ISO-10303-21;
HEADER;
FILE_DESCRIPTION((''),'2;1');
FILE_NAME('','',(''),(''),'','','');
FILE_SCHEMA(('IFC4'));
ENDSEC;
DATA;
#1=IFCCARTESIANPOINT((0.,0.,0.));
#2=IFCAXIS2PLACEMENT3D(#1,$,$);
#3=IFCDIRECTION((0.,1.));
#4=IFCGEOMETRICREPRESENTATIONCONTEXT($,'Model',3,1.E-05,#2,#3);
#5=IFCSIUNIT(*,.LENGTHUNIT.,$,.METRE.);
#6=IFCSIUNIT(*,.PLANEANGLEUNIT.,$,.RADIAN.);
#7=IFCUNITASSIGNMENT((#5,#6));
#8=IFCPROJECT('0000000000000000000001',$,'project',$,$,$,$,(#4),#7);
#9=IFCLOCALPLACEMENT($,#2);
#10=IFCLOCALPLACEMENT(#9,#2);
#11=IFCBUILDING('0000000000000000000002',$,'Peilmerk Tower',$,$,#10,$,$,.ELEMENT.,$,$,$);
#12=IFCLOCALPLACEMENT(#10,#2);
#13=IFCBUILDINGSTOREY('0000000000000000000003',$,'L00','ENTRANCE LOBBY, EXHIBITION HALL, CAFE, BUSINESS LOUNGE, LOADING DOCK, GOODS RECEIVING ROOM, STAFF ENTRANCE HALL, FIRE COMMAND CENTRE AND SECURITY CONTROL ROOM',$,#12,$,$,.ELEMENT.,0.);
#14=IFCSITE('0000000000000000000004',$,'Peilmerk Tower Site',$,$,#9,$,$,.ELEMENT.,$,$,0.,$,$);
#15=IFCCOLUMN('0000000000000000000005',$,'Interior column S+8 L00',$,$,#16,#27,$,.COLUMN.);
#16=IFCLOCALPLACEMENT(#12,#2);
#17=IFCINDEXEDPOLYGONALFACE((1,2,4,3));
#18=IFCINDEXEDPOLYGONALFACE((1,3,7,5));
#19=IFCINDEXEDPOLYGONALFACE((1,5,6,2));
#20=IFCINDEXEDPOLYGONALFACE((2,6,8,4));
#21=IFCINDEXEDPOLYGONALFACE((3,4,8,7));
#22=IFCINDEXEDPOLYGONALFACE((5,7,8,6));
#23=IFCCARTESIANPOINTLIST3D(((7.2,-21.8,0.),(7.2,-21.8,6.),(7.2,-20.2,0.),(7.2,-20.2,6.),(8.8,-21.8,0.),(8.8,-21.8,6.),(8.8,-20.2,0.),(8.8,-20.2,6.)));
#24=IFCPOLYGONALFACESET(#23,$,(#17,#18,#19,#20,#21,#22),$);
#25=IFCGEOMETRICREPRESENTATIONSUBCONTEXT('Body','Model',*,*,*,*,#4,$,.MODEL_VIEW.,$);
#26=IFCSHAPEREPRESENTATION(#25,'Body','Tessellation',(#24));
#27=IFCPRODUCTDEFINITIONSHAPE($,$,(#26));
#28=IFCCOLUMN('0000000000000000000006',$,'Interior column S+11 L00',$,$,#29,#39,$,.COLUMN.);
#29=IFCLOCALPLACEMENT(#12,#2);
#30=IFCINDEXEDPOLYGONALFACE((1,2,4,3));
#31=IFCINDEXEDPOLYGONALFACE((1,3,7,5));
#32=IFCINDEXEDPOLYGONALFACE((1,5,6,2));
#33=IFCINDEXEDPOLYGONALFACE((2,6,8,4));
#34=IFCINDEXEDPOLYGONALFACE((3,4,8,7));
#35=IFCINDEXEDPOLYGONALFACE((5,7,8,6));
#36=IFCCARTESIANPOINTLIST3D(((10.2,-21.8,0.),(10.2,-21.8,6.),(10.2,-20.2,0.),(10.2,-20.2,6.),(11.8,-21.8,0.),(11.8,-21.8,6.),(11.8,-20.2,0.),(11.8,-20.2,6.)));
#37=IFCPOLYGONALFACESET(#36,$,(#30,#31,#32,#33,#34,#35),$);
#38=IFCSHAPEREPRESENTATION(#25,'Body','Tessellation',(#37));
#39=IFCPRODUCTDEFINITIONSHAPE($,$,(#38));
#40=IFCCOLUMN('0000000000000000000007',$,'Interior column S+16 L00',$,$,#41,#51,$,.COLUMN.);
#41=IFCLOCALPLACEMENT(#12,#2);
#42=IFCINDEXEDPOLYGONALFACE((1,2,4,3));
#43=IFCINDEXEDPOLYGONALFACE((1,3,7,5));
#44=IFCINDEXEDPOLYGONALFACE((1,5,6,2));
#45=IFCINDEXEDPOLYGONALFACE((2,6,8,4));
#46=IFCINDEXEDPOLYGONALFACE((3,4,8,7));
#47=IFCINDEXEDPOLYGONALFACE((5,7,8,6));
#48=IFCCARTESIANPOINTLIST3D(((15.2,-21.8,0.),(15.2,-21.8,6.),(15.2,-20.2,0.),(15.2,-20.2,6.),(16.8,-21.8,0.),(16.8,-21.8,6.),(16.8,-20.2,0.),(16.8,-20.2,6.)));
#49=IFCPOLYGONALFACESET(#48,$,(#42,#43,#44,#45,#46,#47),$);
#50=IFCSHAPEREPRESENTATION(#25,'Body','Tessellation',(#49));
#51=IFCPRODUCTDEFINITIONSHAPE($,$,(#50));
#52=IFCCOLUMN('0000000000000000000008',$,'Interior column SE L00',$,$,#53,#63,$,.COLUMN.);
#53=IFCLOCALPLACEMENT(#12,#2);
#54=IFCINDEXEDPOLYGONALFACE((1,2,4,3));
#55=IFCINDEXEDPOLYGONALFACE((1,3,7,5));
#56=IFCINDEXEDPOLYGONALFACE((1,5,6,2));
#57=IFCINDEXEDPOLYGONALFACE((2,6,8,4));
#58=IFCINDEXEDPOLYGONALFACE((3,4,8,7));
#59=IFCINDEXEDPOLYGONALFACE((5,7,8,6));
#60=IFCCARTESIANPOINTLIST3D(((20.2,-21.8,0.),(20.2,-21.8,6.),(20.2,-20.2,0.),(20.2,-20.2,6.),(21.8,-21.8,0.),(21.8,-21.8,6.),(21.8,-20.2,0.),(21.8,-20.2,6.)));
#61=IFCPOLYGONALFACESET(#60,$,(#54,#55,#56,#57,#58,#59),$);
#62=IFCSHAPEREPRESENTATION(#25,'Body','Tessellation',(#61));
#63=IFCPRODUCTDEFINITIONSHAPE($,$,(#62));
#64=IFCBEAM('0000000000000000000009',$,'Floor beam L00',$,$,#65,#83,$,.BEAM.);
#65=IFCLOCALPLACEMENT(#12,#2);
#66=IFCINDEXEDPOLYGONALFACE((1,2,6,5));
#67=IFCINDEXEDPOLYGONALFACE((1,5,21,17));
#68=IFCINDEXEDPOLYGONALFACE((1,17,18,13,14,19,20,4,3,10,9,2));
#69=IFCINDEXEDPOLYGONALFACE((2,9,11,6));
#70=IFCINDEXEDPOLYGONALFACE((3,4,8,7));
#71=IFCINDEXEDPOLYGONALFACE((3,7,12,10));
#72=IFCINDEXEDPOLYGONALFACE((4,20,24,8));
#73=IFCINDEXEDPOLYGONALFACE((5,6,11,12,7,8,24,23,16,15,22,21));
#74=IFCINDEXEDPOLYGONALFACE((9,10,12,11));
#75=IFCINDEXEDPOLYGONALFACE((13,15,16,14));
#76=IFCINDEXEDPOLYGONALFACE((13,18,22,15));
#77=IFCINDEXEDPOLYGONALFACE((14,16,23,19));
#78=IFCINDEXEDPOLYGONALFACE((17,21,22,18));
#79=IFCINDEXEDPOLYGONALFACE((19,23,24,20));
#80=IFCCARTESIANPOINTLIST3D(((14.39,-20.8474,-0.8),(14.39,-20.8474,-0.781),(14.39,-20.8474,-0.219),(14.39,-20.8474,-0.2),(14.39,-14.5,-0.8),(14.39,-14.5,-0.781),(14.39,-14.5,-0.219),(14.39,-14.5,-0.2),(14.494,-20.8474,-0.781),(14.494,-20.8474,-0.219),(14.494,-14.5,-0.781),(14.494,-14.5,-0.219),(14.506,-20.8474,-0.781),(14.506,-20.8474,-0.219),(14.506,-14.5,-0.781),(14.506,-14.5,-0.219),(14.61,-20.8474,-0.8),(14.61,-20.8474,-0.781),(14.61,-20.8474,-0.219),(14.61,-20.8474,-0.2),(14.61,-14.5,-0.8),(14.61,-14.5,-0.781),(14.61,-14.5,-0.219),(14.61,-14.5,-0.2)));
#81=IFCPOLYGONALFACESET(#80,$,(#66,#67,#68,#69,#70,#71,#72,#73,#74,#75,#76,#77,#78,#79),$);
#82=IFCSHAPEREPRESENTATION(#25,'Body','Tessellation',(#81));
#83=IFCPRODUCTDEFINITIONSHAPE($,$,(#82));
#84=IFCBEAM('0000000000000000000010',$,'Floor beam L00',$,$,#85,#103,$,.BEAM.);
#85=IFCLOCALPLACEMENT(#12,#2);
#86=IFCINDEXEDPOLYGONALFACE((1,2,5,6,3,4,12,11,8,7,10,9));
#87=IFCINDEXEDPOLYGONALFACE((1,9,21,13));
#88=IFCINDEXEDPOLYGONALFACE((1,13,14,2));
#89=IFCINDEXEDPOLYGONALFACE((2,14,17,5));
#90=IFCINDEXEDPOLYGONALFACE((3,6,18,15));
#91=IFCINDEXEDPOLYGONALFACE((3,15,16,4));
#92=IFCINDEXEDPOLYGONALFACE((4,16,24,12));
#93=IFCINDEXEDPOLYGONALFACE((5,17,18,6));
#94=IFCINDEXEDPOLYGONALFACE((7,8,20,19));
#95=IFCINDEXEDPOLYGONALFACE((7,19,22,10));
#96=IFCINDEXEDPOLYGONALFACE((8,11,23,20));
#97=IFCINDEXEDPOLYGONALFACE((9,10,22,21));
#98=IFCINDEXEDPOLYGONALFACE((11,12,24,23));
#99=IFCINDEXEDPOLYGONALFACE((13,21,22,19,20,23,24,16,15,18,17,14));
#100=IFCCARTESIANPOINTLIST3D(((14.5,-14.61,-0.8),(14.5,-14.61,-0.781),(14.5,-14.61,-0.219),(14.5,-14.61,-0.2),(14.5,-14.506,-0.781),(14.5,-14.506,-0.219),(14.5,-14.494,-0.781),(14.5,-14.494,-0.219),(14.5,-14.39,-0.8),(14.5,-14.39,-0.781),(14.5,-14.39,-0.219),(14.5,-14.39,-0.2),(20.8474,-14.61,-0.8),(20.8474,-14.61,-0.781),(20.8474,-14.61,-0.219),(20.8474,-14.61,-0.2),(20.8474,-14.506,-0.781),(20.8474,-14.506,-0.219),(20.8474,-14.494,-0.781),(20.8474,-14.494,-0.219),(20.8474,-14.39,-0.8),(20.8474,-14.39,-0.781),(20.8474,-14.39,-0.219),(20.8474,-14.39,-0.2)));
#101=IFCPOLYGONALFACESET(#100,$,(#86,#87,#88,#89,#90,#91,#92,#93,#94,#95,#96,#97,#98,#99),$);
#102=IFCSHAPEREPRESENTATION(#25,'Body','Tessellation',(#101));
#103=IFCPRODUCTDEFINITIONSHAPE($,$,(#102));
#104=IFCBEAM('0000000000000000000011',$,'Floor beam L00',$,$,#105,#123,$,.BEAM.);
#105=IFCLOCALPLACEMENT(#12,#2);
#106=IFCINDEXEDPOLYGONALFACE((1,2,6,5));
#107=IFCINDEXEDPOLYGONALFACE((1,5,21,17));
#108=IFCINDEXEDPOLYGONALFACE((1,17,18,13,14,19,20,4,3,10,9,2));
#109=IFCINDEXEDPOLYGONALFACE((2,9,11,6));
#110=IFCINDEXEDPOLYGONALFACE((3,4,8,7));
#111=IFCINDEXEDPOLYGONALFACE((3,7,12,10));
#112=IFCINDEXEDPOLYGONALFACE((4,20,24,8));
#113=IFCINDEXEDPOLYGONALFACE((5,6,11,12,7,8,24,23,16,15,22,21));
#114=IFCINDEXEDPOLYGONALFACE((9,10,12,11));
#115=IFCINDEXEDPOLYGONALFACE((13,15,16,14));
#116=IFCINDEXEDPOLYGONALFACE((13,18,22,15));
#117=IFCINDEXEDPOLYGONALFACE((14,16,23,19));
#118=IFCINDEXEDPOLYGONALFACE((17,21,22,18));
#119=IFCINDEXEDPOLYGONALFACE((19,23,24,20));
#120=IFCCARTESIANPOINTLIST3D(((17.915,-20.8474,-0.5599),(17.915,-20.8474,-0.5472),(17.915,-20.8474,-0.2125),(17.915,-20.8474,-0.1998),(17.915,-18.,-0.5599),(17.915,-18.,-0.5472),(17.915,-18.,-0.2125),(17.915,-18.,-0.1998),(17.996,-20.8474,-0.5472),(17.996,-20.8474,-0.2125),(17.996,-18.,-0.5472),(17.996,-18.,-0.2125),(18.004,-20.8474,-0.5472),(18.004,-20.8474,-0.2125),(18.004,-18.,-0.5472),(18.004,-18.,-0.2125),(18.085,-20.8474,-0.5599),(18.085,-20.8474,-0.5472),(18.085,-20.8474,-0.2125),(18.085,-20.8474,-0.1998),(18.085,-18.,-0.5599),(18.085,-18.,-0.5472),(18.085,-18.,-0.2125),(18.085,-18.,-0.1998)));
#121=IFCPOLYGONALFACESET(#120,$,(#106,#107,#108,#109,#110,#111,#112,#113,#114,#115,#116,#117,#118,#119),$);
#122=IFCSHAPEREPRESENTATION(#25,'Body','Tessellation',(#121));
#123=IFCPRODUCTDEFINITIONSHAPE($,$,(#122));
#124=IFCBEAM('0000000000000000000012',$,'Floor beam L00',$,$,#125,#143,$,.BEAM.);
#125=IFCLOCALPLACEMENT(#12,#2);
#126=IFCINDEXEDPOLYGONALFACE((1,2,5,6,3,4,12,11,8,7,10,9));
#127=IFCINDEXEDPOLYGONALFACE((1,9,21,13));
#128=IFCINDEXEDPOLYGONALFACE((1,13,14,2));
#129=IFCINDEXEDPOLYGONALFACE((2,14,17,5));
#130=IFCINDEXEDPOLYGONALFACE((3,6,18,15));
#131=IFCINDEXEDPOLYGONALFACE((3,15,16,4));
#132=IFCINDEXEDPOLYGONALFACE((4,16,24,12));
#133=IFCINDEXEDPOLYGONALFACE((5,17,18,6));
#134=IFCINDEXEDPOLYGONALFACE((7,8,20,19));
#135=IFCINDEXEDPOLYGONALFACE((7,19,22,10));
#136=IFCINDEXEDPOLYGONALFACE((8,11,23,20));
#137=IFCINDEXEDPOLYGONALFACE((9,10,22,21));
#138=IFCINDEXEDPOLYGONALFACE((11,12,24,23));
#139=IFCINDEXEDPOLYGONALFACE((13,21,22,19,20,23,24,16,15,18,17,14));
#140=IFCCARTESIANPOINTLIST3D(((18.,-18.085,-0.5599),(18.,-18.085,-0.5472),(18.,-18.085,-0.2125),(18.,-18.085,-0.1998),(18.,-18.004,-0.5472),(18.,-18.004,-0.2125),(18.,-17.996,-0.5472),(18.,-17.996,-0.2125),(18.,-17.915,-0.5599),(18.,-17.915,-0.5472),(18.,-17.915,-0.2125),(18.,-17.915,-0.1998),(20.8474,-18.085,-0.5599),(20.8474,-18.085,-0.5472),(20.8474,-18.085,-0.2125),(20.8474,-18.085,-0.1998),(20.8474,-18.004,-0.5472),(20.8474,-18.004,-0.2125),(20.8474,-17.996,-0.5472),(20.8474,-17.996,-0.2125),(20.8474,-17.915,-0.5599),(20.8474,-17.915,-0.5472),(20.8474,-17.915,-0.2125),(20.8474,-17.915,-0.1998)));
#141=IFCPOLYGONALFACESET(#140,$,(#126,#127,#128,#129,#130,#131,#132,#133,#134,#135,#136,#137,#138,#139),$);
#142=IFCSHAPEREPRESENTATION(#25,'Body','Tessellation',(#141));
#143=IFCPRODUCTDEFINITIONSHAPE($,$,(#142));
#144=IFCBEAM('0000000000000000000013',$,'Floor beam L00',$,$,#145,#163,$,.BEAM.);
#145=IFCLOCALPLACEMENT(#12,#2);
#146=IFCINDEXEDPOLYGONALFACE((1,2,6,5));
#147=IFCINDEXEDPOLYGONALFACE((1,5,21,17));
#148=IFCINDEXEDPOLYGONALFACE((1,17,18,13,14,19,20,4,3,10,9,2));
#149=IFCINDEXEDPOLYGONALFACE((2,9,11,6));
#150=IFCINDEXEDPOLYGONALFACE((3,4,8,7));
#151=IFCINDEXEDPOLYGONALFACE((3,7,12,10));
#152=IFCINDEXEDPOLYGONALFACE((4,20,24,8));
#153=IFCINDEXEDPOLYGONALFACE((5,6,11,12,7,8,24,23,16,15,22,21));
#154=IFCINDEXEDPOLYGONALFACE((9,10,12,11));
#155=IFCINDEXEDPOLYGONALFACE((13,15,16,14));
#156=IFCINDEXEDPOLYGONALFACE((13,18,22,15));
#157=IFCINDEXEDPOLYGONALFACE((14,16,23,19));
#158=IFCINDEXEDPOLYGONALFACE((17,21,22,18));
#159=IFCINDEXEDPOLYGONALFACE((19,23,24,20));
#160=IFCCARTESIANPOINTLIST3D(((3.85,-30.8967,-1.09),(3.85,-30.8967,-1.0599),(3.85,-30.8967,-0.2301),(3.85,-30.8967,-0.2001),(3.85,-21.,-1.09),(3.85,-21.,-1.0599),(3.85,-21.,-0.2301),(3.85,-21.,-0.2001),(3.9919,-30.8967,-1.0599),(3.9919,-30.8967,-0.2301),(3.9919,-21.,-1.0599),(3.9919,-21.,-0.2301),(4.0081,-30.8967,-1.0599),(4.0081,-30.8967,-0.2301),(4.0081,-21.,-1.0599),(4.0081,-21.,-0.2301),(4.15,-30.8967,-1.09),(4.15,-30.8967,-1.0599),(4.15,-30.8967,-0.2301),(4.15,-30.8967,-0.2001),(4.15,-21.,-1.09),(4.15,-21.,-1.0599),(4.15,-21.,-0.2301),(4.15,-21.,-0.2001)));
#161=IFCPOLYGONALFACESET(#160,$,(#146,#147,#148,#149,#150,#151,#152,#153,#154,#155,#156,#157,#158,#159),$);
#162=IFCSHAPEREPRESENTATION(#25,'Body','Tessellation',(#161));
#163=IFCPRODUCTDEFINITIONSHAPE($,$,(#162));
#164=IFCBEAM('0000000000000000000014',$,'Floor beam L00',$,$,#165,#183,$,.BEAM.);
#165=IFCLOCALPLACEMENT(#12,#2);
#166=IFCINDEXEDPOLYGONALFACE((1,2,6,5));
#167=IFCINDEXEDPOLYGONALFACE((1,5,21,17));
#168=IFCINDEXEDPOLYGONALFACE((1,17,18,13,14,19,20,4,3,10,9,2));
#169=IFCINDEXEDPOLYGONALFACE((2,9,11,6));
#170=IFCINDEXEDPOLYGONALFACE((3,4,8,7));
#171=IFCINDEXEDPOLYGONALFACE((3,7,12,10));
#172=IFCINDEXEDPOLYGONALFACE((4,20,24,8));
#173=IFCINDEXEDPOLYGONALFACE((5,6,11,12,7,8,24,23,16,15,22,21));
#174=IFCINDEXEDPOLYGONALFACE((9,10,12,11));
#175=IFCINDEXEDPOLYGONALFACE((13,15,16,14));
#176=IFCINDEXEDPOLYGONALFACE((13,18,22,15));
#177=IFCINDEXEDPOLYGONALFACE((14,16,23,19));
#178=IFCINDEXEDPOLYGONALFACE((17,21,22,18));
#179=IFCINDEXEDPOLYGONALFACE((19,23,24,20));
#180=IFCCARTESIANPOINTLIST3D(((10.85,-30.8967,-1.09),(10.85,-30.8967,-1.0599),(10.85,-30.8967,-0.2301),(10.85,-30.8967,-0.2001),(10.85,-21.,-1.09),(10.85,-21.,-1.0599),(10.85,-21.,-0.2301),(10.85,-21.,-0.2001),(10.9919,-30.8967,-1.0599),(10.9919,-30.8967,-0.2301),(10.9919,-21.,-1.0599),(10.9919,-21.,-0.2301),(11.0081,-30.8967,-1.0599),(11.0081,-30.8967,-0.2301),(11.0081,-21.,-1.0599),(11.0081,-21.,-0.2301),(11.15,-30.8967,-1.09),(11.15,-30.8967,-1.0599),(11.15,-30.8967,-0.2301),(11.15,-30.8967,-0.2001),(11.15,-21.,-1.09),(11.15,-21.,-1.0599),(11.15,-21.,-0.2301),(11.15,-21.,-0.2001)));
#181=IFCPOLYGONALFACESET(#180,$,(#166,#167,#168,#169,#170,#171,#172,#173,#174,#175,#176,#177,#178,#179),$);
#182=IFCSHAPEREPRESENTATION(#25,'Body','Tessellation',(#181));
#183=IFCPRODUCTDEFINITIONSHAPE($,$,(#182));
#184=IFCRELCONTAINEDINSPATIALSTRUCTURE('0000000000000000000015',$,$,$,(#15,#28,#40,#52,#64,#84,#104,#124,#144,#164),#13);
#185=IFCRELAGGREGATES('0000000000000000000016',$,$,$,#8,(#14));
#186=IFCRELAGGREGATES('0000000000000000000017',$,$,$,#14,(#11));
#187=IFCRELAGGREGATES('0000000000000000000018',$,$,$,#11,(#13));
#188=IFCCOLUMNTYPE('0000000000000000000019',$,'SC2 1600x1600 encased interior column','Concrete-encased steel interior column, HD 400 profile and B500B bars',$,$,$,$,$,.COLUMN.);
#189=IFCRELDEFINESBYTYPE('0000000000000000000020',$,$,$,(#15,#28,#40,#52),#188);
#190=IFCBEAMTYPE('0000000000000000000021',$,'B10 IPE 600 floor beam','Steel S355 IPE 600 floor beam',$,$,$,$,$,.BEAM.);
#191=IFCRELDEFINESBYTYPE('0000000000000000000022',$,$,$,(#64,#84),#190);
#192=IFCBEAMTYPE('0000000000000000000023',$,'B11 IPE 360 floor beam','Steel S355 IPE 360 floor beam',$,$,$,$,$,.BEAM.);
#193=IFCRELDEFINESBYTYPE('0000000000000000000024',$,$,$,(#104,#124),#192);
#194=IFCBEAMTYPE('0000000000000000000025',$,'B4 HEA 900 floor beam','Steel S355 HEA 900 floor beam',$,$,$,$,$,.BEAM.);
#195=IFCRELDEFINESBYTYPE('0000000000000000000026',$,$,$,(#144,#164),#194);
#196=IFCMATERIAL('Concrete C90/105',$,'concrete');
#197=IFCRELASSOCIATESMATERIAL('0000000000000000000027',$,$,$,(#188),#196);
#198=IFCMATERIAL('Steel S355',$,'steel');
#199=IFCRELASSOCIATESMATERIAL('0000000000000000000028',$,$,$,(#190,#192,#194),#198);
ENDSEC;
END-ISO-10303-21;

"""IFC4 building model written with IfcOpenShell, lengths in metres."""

from ifc_helpers import new_model, si_unit, direction, frame, origin, origin_2d, place, context, subcontext, project, spatial, rectangle, i_section, extrude, material, material_profile, profile_set, type_object, element, save


model = new_model("IFC4")

# Units and contexts
model_context = context("Model", 3, precision=1e-05, world=origin(), true_north=direction((0.0, 1.0)))
body_context = subcontext(model_context, "Body", "Model", "MODEL_VIEW")
ifc_project = project(units=[si_unit("LENGTHUNIT", "METRE"), si_unit("PLANEANGLEUNIT", "RADIAN")], contexts=[model_context])

# Site, building, storey
site_placement = place(None, origin())
site = spatial("IfcSite", under=ifc_project, at=site_placement, Name="Peilmerk Tower Site", CompositionType="ELEMENT", RefElevation=0.0)
building_placement = place(site_placement, origin())
building = spatial("IfcBuilding", under=site, at=building_placement, Name="Peilmerk Tower", CompositionType="ELEMENT")
storey_placement = place(building_placement, origin())
storey = spatial("IfcBuildingStorey", under=building, at=storey_placement, Name="L00", Description="ENTRANCE LOBBY, EXHIBITION HALL, CAFE, BUSINESS LOUNGE, LOADING DOCK, GOODS RECEIVING ROOM, STAFF ENTRANCE HALL, FIRE COMMAND CENTRE AND SECURITY CONTROL ROOM", CompositionType="ELEMENT", Elevation=0.0)

# Columns
ifc_material_1 = material(Name="Concrete C90/105", Category="concrete")
ifc_material_profile_1 = material_profile(ifc_material_1, rectangle(XDim=1.6001, YDim=1.6001, at=origin_2d()), Name="RC 1600x1600")
ifc_profile_set_1 = profile_set([ifc_material_profile_1], Name="Concrete C90/105")
column_type = type_object("IfcColumnType", Name="SC2 1600x1600 encased interior column", Description="Concrete-encased steel interior column, HD 400 profile and B500B bars", PredefinedType="COLUMN", material=ifc_profile_set_1)
for number, where, z_axis, x_axis, name in (
    (1, (8.0, -21.0, 0.0), (0.0, 0.0, 1.0), (1.0, 0.0, 0.0), "Interior column S+8 L00"),
    (2, (11.0, -21.0, 0.0), (0.0, 0.0, 1.0), (1.0, 0.0, 0.0), "Interior column S+11 L00"),
    (3, (16.0, -21.0, 0.0), (0.0, 0.0, 1.0), (1.0, 0.0, 0.0), "Interior column S+16 L00"),
    (4, (21.0, -21.0, 0.0), (0.0, 0.0, 1.0), (1.0, 0.0, 0.0), "Interior column SE L00"),
):
    element("IfcColumn", number, at=place(storey_placement, frame(where, z_axis=z_axis, x_axis=x_axis)), inside=storey, type_object=column_type, Name=name, PredefinedType="COLUMN", context=body_context, shape_type="SweptSolid", body=[
        extrude(rectangle(XDim=1.6001, YDim=1.6001, at=origin_2d()), origin(), (0.0, 0.0, 1.0), 6.0),
    ])

# Beams
ifc_material_2 = material(Name="Steel S355", Category="steel")
ifc_material_profile_2 = material_profile(ifc_material_2, i_section(OverallWidth=0.22, OverallDepth=0.6001, WebThickness=0.012, FlangeThickness=0.019, at=origin_2d()), Name="IPE 600")
ifc_profile_set_2 = profile_set([ifc_material_profile_2], Name="Steel S355")
beam_type_1 = type_object("IfcBeamType", Name="B10 IPE 600 floor beam", Description="Steel S355 IPE 600 floor beam", PredefinedType="BEAM", material=ifc_profile_set_2)
for number, where, z_axis, x_axis, name in (
    (5, (14.5, -14.5, -0.5), (0.0, -1.0, 0.0), (1.0, 0.0, 0.0), "Floor beam L00"),
    (6, (14.5, -14.5, -0.5), (1.0, 0.0, 0.0), (0.0, 1.0, 0.0), "Floor beam L00"),
):
    element("IfcBeam", number, at=place(storey_placement, frame(where, z_axis=z_axis, x_axis=x_axis)), inside=storey, type_object=beam_type_1, Name=name, PredefinedType="BEAM", context=body_context, shape_type="SweptSolid", body=[
        extrude(i_section(OverallWidth=0.22, OverallDepth=0.6001, WebThickness=0.012, FlangeThickness=0.019, at=origin_2d()), origin(), (0.0, 0.0, 1.0), 6.3474),
    ])
ifc_material_profile_3 = material_profile(ifc_material_2, i_section(OverallWidth=0.1699, OverallDepth=0.3601, WebThickness=0.0081, FlangeThickness=0.0127, at=origin_2d()), Name="IPE 360")
ifc_profile_set_3 = profile_set([ifc_material_profile_3], Name="Steel S355")
beam_type_2 = type_object("IfcBeamType", Name="B11 IPE 360 floor beam", Description="Steel S355 IPE 360 floor beam", PredefinedType="BEAM", material=ifc_profile_set_3)
for number, where, z_axis, x_axis, name in (
    (7, (18.0, -18.0, -0.3799), (0.0, -1.0, 0.0), (1.0, 0.0, 0.0), "Floor beam L00"),
    (8, (18.0, -18.0, -0.3799), (1.0, 0.0, 0.0), (0.0, 1.0, 0.0), "Floor beam L00"),
):
    element("IfcBeam", number, at=place(storey_placement, frame(where, z_axis=z_axis, x_axis=x_axis)), inside=storey, type_object=beam_type_2, Name=name, PredefinedType="BEAM", context=body_context, shape_type="SweptSolid", body=[
        extrude(i_section(OverallWidth=0.1699, OverallDepth=0.3601, WebThickness=0.0081, FlangeThickness=0.0127, at=origin_2d()), origin(), (0.0, 0.0, 1.0), 2.8474),
    ])
ifc_material_profile_4 = material_profile(ifc_material_2, i_section(OverallWidth=0.3, OverallDepth=0.8899, WebThickness=0.0161, FlangeThickness=0.03, at=origin_2d()), Name="HEA 900")
ifc_profile_set_4 = profile_set([ifc_material_profile_4], Name="Steel S355")
beam_type_3 = type_object("IfcBeamType", Name="B4 HEA 900 floor beam", Description="Steel S355 HEA 900 floor beam", PredefinedType="BEAM", material=ifc_profile_set_4)
for number, where, z_axis, x_axis, name in (
    (9, (4.0, -21.0, -0.645), (0.0, -1.0, 0.0), (1.0, 0.0, 0.0), "Floor beam L00"),
    (10, (11.0, -21.0, -0.645), (0.0, -1.0, 0.0), (1.0, 0.0, 0.0), "Floor beam L00"),
):
    element("IfcBeam", number, at=place(storey_placement, frame(where, z_axis=z_axis, x_axis=x_axis)), inside=storey, type_object=beam_type_3, Name=name, PredefinedType="BEAM", context=body_context, shape_type="SweptSolid", body=[
        extrude(i_section(OverallWidth=0.3, OverallDepth=0.8899, WebThickness=0.0161, FlangeThickness=0.03, at=origin_2d()), origin(), (0.0, 0.0, 1.0), 9.8967),
    ])

save(model, "model.ifc")
